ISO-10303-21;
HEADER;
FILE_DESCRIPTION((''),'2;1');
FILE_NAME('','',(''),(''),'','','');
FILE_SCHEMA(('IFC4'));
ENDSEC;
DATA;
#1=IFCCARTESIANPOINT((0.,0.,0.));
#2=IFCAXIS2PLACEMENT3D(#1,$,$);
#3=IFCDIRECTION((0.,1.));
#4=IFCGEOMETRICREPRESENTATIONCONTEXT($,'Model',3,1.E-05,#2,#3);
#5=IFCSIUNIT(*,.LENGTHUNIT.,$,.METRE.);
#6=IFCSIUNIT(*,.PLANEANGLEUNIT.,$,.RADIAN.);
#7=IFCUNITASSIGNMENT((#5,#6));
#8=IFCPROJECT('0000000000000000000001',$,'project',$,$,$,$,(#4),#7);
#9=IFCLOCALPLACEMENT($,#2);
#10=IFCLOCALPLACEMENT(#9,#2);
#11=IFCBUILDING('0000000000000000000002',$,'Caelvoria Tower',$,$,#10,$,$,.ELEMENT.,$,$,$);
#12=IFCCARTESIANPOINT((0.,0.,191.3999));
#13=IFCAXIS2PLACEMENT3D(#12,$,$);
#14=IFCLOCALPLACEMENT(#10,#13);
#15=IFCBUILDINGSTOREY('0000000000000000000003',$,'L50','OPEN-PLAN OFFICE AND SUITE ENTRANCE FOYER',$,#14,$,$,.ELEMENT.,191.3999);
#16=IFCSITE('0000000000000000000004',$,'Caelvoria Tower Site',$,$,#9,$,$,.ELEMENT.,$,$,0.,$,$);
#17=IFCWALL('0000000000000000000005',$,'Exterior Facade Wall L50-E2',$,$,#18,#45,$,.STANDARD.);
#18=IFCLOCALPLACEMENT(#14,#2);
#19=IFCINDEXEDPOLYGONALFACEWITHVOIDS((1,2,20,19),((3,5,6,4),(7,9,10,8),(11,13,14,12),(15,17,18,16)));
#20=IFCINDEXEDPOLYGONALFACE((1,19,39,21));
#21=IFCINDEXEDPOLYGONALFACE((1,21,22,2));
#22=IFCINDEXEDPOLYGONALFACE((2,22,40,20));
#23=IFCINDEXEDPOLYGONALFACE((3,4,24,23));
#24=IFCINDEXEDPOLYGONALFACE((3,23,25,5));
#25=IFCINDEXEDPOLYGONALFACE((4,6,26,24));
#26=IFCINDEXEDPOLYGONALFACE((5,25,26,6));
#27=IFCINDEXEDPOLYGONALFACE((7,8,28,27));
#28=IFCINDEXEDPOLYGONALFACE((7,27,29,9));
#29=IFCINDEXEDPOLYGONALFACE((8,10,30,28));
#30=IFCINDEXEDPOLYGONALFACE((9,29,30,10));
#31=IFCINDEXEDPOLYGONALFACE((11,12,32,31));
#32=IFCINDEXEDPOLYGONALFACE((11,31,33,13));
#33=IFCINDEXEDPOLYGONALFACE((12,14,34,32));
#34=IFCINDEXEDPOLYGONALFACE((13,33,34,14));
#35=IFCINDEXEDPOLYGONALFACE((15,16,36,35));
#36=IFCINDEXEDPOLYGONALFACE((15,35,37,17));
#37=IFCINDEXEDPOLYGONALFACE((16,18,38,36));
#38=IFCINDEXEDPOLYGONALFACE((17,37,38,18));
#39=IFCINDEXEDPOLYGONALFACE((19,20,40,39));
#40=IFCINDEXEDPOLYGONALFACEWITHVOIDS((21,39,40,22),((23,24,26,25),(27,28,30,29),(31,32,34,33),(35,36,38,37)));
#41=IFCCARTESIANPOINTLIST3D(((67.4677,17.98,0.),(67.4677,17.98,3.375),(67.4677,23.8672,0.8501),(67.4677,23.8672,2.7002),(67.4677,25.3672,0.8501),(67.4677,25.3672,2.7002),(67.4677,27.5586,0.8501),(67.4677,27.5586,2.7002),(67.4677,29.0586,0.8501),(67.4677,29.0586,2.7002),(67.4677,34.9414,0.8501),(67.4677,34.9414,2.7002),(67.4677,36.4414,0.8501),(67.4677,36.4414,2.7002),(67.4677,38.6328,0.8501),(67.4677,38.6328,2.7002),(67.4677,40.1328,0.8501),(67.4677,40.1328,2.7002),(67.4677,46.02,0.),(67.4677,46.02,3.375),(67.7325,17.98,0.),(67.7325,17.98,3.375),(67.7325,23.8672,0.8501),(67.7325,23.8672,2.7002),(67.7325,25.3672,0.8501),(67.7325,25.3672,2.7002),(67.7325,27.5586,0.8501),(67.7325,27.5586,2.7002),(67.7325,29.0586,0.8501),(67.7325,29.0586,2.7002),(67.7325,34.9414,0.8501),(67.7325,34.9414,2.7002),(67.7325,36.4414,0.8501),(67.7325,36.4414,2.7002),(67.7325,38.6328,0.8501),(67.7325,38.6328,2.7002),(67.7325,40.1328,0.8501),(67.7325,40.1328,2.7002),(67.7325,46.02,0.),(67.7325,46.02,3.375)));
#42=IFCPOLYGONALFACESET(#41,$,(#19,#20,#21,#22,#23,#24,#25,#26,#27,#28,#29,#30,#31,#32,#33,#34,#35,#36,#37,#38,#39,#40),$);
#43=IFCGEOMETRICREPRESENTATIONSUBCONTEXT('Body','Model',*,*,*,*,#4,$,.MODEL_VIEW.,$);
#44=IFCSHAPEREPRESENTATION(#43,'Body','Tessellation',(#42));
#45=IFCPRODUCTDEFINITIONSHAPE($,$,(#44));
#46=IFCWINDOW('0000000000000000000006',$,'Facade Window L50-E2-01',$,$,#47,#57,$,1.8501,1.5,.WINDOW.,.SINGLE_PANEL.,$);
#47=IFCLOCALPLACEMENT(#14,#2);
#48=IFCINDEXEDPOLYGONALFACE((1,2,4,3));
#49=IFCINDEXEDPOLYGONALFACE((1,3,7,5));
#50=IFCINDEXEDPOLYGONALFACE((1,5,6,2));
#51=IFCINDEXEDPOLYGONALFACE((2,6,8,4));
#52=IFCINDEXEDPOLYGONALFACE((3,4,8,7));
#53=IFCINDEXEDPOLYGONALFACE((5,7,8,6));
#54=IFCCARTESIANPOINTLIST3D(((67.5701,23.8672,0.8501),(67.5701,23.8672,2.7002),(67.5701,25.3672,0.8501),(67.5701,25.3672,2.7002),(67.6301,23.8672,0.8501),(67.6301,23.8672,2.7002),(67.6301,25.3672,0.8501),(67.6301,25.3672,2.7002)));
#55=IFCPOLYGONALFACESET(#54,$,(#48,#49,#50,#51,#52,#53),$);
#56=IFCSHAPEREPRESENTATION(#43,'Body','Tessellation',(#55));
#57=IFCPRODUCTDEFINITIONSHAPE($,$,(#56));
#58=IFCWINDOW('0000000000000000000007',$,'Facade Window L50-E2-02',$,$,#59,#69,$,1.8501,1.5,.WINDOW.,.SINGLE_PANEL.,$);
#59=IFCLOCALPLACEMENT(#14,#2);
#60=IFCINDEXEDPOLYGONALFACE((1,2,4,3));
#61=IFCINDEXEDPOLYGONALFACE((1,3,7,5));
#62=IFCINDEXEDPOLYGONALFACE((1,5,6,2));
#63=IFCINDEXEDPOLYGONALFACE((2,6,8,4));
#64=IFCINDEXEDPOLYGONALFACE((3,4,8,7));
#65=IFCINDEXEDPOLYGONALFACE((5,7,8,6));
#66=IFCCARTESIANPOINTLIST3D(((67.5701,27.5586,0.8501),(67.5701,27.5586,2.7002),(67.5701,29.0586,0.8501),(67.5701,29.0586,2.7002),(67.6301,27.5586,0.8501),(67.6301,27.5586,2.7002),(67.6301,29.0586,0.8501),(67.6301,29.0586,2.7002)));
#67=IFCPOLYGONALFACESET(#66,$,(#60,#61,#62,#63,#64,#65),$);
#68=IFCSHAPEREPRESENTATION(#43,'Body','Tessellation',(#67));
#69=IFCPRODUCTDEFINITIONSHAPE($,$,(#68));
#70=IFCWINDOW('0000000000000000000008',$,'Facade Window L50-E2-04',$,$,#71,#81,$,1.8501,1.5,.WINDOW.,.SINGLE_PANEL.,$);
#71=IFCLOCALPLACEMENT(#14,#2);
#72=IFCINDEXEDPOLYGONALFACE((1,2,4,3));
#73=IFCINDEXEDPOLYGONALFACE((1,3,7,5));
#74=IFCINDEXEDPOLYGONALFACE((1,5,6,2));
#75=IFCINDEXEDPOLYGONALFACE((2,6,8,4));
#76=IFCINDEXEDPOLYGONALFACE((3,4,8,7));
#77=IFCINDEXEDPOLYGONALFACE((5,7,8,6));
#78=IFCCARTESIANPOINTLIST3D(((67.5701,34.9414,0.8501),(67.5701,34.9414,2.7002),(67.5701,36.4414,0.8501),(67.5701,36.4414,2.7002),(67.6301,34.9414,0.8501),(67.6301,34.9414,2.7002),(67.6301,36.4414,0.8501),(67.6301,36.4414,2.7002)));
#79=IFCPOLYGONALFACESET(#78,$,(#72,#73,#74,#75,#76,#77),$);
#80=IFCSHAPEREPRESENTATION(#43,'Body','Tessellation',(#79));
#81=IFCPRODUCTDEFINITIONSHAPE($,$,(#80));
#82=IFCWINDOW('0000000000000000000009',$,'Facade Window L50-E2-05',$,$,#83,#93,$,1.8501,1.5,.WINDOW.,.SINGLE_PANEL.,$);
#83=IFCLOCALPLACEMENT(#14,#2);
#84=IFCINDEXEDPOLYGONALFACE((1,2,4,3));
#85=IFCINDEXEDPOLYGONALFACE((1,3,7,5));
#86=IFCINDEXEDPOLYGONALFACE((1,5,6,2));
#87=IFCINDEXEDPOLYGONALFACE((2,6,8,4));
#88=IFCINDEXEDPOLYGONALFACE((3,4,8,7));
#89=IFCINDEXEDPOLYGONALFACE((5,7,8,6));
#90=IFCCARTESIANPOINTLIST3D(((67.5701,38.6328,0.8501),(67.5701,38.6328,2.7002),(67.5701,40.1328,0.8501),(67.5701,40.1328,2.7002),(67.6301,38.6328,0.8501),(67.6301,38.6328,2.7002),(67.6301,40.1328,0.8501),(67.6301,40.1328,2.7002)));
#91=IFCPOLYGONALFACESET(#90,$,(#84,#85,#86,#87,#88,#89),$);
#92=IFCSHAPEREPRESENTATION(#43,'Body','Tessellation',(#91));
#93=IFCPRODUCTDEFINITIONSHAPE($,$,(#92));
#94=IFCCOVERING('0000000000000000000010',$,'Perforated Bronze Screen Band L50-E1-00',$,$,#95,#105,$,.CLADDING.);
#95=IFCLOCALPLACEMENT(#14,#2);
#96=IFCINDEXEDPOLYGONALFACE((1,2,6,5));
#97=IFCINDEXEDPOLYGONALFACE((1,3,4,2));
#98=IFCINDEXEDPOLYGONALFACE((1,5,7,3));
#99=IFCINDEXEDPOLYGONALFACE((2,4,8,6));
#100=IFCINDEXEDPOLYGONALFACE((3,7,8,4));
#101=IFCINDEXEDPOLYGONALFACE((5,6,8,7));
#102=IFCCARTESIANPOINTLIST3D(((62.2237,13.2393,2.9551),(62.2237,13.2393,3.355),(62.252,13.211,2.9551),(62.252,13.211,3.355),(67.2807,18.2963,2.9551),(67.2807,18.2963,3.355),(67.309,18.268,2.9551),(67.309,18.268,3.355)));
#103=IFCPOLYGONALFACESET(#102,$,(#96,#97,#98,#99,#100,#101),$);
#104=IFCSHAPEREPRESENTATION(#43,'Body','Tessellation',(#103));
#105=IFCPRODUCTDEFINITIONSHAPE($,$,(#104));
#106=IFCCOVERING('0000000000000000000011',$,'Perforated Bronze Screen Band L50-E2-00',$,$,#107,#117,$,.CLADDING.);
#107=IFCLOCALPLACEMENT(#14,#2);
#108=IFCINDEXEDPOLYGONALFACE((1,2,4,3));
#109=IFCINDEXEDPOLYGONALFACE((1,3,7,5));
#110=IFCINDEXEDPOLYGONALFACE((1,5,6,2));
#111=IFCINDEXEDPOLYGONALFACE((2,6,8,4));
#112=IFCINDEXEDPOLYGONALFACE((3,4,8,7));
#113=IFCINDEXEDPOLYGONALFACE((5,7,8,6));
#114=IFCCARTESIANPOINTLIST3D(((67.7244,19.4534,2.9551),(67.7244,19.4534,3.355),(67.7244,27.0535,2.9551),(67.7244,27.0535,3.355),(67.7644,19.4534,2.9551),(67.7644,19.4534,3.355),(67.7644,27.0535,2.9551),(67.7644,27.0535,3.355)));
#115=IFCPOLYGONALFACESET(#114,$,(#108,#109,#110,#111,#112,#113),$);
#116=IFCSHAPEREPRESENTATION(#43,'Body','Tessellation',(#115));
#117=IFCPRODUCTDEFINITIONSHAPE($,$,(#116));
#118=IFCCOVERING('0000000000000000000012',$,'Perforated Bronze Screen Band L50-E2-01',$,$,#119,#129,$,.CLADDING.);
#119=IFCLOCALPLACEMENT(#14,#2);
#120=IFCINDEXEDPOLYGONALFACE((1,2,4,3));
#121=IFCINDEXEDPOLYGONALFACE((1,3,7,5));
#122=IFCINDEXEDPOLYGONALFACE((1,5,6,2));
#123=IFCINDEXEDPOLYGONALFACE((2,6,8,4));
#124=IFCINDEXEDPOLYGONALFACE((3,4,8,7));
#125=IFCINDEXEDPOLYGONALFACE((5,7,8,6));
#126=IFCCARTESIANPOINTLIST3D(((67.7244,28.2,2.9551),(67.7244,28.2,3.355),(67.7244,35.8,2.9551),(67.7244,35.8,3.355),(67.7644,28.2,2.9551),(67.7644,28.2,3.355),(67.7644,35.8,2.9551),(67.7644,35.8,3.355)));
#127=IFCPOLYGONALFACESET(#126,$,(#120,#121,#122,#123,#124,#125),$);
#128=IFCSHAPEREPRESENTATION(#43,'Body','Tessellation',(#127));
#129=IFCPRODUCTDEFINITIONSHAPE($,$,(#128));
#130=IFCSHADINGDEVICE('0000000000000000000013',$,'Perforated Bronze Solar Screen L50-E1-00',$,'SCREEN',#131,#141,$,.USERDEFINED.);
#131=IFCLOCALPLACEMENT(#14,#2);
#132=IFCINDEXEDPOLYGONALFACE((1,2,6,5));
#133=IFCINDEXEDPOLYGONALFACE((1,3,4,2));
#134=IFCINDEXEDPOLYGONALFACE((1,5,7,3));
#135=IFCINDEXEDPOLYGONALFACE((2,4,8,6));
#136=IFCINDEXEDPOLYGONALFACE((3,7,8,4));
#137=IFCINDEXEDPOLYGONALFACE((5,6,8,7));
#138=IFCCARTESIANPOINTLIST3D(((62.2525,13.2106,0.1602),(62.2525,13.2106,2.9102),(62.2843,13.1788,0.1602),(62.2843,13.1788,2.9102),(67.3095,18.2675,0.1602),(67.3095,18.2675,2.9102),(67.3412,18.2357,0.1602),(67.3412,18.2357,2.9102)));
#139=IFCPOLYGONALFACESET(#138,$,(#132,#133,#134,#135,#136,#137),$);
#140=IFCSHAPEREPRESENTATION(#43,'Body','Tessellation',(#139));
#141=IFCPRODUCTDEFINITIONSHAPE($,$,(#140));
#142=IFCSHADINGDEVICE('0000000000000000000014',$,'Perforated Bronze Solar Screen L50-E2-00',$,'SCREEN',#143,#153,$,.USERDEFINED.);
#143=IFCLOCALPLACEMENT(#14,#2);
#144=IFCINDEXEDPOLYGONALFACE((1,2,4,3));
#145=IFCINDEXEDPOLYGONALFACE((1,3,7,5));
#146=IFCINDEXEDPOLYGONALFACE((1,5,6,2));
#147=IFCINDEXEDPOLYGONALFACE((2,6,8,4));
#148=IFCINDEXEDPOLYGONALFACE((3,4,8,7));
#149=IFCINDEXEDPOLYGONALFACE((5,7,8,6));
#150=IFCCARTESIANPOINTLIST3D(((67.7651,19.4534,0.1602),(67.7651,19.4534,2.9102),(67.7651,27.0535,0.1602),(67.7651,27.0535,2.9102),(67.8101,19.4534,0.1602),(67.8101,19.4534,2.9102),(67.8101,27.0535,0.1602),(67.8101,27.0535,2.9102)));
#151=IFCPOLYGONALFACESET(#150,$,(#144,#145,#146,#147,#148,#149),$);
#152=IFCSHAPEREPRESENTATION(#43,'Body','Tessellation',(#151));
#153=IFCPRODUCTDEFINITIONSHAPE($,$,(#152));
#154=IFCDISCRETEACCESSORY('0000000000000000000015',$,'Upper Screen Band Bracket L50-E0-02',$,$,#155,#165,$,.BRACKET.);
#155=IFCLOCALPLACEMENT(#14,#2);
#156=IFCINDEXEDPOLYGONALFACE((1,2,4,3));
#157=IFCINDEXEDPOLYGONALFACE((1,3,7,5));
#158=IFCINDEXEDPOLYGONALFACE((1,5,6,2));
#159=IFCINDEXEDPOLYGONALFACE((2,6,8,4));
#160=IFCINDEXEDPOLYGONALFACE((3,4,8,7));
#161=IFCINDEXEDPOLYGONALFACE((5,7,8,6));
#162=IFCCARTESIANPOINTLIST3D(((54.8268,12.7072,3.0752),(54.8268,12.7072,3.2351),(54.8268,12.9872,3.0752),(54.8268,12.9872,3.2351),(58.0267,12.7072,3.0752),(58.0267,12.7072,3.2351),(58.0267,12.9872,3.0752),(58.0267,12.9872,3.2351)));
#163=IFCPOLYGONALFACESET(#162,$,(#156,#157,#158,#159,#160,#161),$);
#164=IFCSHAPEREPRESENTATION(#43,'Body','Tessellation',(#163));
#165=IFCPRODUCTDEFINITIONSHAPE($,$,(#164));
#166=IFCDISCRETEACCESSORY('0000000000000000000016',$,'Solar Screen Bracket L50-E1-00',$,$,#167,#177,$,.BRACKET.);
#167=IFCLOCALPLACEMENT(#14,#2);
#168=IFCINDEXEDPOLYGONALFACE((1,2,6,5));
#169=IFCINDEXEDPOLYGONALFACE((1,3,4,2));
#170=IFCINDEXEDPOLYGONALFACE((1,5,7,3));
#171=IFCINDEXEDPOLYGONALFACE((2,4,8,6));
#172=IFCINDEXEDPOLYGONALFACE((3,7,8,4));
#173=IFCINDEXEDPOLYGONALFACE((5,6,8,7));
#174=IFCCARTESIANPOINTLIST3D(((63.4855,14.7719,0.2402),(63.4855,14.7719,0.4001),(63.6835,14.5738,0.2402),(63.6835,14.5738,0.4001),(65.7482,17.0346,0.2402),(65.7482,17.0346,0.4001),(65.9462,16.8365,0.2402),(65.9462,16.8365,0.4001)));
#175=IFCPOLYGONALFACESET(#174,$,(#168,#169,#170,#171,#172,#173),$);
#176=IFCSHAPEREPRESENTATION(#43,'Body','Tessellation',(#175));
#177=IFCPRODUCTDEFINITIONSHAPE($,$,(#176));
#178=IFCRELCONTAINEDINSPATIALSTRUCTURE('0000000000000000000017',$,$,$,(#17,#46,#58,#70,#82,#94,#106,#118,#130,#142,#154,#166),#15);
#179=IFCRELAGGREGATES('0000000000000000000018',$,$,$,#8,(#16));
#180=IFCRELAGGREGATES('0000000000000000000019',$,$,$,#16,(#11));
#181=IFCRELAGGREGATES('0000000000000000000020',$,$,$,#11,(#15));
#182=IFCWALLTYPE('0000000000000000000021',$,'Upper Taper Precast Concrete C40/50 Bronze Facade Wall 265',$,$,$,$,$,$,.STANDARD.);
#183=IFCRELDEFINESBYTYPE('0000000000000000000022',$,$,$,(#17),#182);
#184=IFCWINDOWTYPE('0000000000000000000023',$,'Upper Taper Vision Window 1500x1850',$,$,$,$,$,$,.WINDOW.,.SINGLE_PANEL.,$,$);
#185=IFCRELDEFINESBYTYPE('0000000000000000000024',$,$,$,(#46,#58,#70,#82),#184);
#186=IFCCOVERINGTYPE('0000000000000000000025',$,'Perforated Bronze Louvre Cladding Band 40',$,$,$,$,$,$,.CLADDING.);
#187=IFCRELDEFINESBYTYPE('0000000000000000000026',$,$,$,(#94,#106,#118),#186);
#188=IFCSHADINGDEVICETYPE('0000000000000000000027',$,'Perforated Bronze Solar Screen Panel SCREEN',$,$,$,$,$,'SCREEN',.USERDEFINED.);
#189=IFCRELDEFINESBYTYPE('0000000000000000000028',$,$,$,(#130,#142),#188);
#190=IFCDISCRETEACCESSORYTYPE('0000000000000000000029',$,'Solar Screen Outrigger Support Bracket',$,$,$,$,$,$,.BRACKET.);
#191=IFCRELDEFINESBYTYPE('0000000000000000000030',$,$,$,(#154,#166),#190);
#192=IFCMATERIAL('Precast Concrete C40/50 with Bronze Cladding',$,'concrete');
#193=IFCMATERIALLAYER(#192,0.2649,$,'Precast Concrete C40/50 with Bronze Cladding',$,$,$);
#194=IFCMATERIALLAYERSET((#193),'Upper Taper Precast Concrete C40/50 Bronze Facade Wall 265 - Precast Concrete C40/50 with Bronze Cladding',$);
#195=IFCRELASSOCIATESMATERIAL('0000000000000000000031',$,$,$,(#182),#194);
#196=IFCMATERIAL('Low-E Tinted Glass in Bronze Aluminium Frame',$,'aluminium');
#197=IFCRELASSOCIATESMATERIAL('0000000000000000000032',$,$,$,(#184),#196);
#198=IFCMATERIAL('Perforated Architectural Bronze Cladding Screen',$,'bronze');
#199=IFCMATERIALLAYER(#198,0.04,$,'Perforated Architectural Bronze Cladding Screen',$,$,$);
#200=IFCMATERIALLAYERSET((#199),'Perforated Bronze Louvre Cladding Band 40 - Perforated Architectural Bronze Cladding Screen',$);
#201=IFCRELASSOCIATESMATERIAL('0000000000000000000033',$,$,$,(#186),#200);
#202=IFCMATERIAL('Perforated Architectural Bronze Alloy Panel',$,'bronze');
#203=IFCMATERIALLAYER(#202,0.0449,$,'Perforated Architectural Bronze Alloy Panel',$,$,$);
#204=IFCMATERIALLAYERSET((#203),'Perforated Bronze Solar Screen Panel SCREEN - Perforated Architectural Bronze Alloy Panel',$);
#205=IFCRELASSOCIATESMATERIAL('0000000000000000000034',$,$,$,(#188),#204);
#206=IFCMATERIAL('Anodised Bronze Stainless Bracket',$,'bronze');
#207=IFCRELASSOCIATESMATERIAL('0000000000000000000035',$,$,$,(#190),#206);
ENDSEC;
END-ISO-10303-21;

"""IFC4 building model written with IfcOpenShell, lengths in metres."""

from ifc_helpers import new_model, si_unit, direction, frame, frame_2d, origin, origin_2d, place, context, subcontext, project, spatial, rectangle, extrude, material, layer, layer_set, type_object, element, fill, save


model = new_model("IFC4")

# Units and contexts
model_context = context("Model", 3, precision=1e-05, world=origin(), true_north=direction((0.0, 1.0)))
body_context = subcontext(model_context, "Body", "Model", "MODEL_VIEW")
ifc_project = project(units=[si_unit("LENGTHUNIT", "METRE"), si_unit("PLANEANGLEUNIT", "RADIAN")], contexts=[model_context])

# Site, building, storey
site_placement = place(None, origin())
site = spatial("IfcSite", under=ifc_project, at=site_placement, Name="Caelvoria Tower Site", CompositionType="ELEMENT", RefElevation=0.0)
building_placement = place(site_placement, origin())
building = spatial("IfcBuilding", under=site, at=building_placement, Name="Caelvoria Tower", CompositionType="ELEMENT")
storey_placement = place(building_placement, frame((0.0, 0.0, 191.3999)))
storey = spatial("IfcBuildingStorey", under=building, at=storey_placement, Name="L50", Description="OPEN-PLAN OFFICE AND SUITE ENTRANCE FOYER", CompositionType="ELEMENT", Elevation=191.3999)

# Shared definitions
ifc_material_1 = material(Name="Precast Concrete C40/50 with Bronze Cladding", Category="concrete")
ifc_layer_1 = layer(ifc_material_1, 0.2649, Name="Precast Concrete C40/50 with Bronze Cladding")
ifc_layer_set_1 = layer_set([ifc_layer_1], Name="Upper Taper Precast Concrete C40/50 Bronze Facade Wall 265 - Precast Concrete C40/50 with Bronze Cladding")
wall_type_1 = type_object("IfcWallType", Name="Upper Taper Precast Concrete C40/50 Bronze Facade Wall 265", PredefinedType="STANDARD", material=ifc_layer_set_1)

# Wall, openings, windows
wall_1_placement = place(storey_placement, frame((67.6001, 17.98, 0.0), z_axis=(0.0, 0.0, 1.0), x_axis=(0.0, 1.0, 0.0)))
wall_1 = element("IfcWall", 1, at=wall_1_placement, inside=storey, type_object=wall_type_1, Name="Exterior Facade Wall L50-E2", PredefinedType="STANDARD", context=body_context, shape_type="SweptSolid", body=[
    extrude(rectangle(XDim=28.04, YDim=0.2649, at=frame_2d((14.02, 0.0))), origin(), (0.0, 0.0, 1.0), 3.375),
])
opening_1_placement = place(wall_1_placement, frame((5.8872, 0.0, 0.8501)))
opening_1 = element("IfcOpeningElement", 2, at=opening_1_placement, cuts=wall_1, PredefinedType="OPENING", context=body_context, shape_type="SweptSolid", body=[
    extrude(rectangle(XDim=1.5, YDim=1.8501, at=frame_2d((0.75, 0.925))), frame((0.0, 0.1423, 0.0), z_axis=(0.0, -1.0, 0.0), x_axis=(1.0, 0.0, 0.0)), (0.0, 0.0, 1.0), 0.2849),
])
opening_2_placement = place(wall_1_placement, frame((9.5786, 0.0, 0.8501)))
opening_2 = element("IfcOpeningElement", 3, at=opening_2_placement, cuts=wall_1, PredefinedType="OPENING", context=body_context, shape_type="SweptSolid", body=[
    extrude(rectangle(XDim=1.5, YDim=1.8501, at=frame_2d((0.75, 0.925))), frame((0.0, 0.1423, 0.0), z_axis=(0.0, -1.0, 0.0), x_axis=(1.0, 0.0, 0.0)), (0.0, 0.0, 1.0), 0.2849),
])
opening_3_placement = place(wall_1_placement, frame((16.9614, 0.0, 0.8501)))
opening_3 = element("IfcOpeningElement", 4, at=opening_3_placement, cuts=wall_1, PredefinedType="OPENING", context=body_context, shape_type="SweptSolid", body=[
    extrude(rectangle(XDim=1.5, YDim=1.8501, at=frame_2d((0.75, 0.925))), frame((0.0, 0.1423, 0.0), z_axis=(0.0, -1.0, 0.0), x_axis=(1.0, 0.0, 0.0)), (0.0, 0.0, 1.0), 0.2849),
])
opening_4_placement = place(wall_1_placement, frame((20.6528, 0.0, 0.8501)))
opening_4 = element("IfcOpeningElement", 5, at=opening_4_placement, cuts=wall_1, PredefinedType="OPENING", context=body_context, shape_type="SweptSolid", body=[
    extrude(rectangle(XDim=1.5, YDim=1.8501, at=frame_2d((0.75, 0.925))), frame((0.0, 0.1423, 0.0), z_axis=(0.0, -1.0, 0.0), x_axis=(1.0, 0.0, 0.0)), (0.0, 0.0, 1.0), 0.2849),
])
ifc_material_2 = material(Name="Low-E Tinted Glass in Bronze Aluminium Frame", Category="aluminium")
window_type = type_object("IfcWindowType", Name="Upper Taper Vision Window 1500x1850", PartitioningType="SINGLE_PANEL", PredefinedType="WINDOW", material=ifc_material_2)
window_1_placement = place(opening_1_placement, origin())
window_1 = element("IfcWindow", 6, at=window_1_placement, inside=storey, type_object=window_type, Name="Facade Window L50-E2-01", OverallHeight=1.8501, OverallWidth=1.5, PartitioningType="SINGLE_PANEL", PredefinedType="WINDOW", context=body_context, shape_type="SweptSolid", body=[
    extrude(rectangle(XDim=1.5, YDim=1.8501, at=frame_2d((0.75, 0.925))), frame((0.0, 0.03, 0.0), z_axis=(0.0, -1.0, 0.0), x_axis=(1.0, 0.0, 0.0)), (0.0, 0.0, 1.0), 0.0601),
])
fill(opening_1, window_1)
window_2_placement = place(opening_2_placement, origin())
window_2 = element("IfcWindow", 7, at=window_2_placement, inside=storey, type_object=window_type, Name="Facade Window L50-E2-02", OverallHeight=1.8501, OverallWidth=1.5, PartitioningType="SINGLE_PANEL", PredefinedType="WINDOW", context=body_context, shape_type="SweptSolid", body=[
    extrude(rectangle(XDim=1.5, YDim=1.8501, at=frame_2d((0.75, 0.925))), frame((0.0, 0.03, 0.0), z_axis=(0.0, -1.0, 0.0), x_axis=(1.0, 0.0, 0.0)), (0.0, 0.0, 1.0), 0.0601),
])
fill(opening_2, window_2)
window_3_placement = place(opening_3_placement, origin())
window_3 = element("IfcWindow", 8, at=window_3_placement, inside=storey, type_object=window_type, Name="Facade Window L50-E2-04", OverallHeight=1.8501, OverallWidth=1.5, PartitioningType="SINGLE_PANEL", PredefinedType="WINDOW", context=body_context, shape_type="SweptSolid", body=[
    extrude(rectangle(XDim=1.5, YDim=1.8501, at=frame_2d((0.75, 0.925))), frame((0.0, 0.03, 0.0), z_axis=(0.0, -1.0, 0.0), x_axis=(1.0, 0.0, 0.0)), (0.0, 0.0, 1.0), 0.0601),
])
fill(opening_3, window_3)
window_4_placement = place(opening_4_placement, origin())
window_4 = element("IfcWindow", 9, at=window_4_placement, inside=storey, type_object=window_type, Name="Facade Window L50-E2-05", OverallHeight=1.8501, OverallWidth=1.5, PartitioningType="SINGLE_PANEL", PredefinedType="WINDOW", context=body_context, shape_type="SweptSolid", body=[
    extrude(rectangle(XDim=1.5, YDim=1.8501, at=frame_2d((0.75, 0.925))), frame((0.0, 0.03, 0.0), z_axis=(0.0, -1.0, 0.0), x_axis=(1.0, 0.0, 0.0)), (0.0, 0.0, 1.0), 0.0601),
])
fill(opening_4, window_4)

# Coverings
ifc_material_3 = material(Name="Perforated Architectural Bronze Cladding Screen", Category="bronze")
ifc_layer_2 = layer(ifc_material_3, 0.04, Name="Perforated Architectural Bronze Cladding Screen")
ifc_layer_set_2 = layer_set([ifc_layer_2], Name="Perforated Bronze Louvre Cladding Band 40 - Perforated Architectural Bronze Cladding Screen")
covering_type = type_object("IfcCoveringType", Name="Perforated Bronze Louvre Cladding Band 40", PredefinedType="CLADDING", material=ifc_layer_set_2)
covering_placement = place(storey_placement, frame((64.7664, 15.7537, 2.9551), z_axis=(0.0, 0.0, 1.0), x_axis=(0.707107, 0.707107, 0.0)))
element("IfcCovering", 10, at=covering_placement, inside=storey, type_object=covering_type, Name="Perforated Bronze Screen Band L50-E1-00", PredefinedType="CLADDING", context=body_context, shape_type="SweptSolid", body=[
    extrude(rectangle(XDim=7.1516, YDim=0.04, at=origin_2d()), origin(), (0.0, 0.0, 1.0), 0.3999),
])
for number, where, z_axis, x_axis, name in (
    (11, (67.7444, 23.2534, 2.9551), (0.0, 0.0, 1.0), (0.0, 1.0, 0.0), "Perforated Bronze Screen Band L50-E2-00"),
    (12, (67.7444, 32.0, 2.9551), (0.0, 0.0, 1.0), (0.0, 1.0, 0.0), "Perforated Bronze Screen Band L50-E2-01"),
):
    element("IfcCovering", number, at=place(storey_placement, frame(where, z_axis=z_axis, x_axis=x_axis)), inside=storey, type_object=covering_type, Name=name, PredefinedType="CLADDING", context=body_context, shape_type="SweptSolid", body=[
        extrude(rectangle(XDim=7.6001, YDim=0.04, at=origin_2d()), origin(), (0.0, 0.0, 1.0), 0.3999),
    ])

# Shading devices
ifc_material_4 = material(Name="Perforated Architectural Bronze Alloy Panel", Category="bronze")
ifc_layer_3 = layer(ifc_material_4, 0.0449, Name="Perforated Architectural Bronze Alloy Panel")
ifc_layer_set_3 = layer_set([ifc_layer_3], Name="Perforated Bronze Solar Screen Panel SCREEN - Perforated Architectural Bronze Alloy Panel")
shading_device_type = type_object("IfcShadingDeviceType", Name="Perforated Bronze Solar Screen Panel SCREEN", ElementType="SCREEN", PredefinedType="USERDEFINED", material=ifc_layer_set_3)
shading_device_1_placement = place(storey_placement, frame((64.7969, 15.7231, 0.1602), z_axis=(0.0, 0.0, 1.0), x_axis=(0.707107, 0.707107, 0.0)))
element("IfcShadingDevice", 13, at=shading_device_1_placement, inside=storey, type_object=shading_device_type, Name="Perforated Bronze Solar Screen L50-E1-00", ObjectType="SCREEN", PredefinedType="USERDEFINED", context=body_context, shape_type="SweptSolid", body=[
    extrude(rectangle(XDim=7.1516, YDim=0.0449, at=origin_2d()), origin(), (0.0, 0.0, 1.0), 2.75),
])
shading_device_2_placement = place(storey_placement, frame((67.7876, 23.2534, 0.1602), z_axis=(0.0, 0.0, 1.0), x_axis=(0.0, 1.0, 0.0)))
element("IfcShadingDevice", 14, at=shading_device_2_placement, inside=storey, type_object=shading_device_type, Name="Perforated Bronze Solar Screen L50-E2-00", ObjectType="SCREEN", PredefinedType="USERDEFINED", context=body_context, shape_type="SweptSolid", body=[
    extrude(rectangle(XDim=7.6001, YDim=0.0449, at=origin_2d()), origin(), (0.0, 0.0, 1.0), 2.75),
])

# Discrete accessories
ifc_material_5 = material(Name="Anodised Bronze Stainless Bracket", Category="bronze")
discrete_accessory_type = type_object("IfcDiscreteAccessoryType", Name="Solar Screen Outrigger Support Bracket", PredefinedType="BRACKET", material=ifc_material_5)
for number, where, z_axis, x_axis, name in (
    (15, (56.4268, 12.8472, 3.0752), (0.0, 0.0, 1.0), (1.0, 0.0, 0.0), "Upper Screen Band Bracket L50-E0-02"),
    (16, (64.7158, 15.8042, 0.2402), (0.0, 0.0, 1.0), (0.707107, 0.707107, 0.0), "Solar Screen Bracket L50-E1-00"),
):
    element("IfcDiscreteAccessory", number, at=place(storey_placement, frame(where, z_axis=z_axis, x_axis=x_axis)), inside=storey, type_object=discrete_accessory_type, Name=name, PredefinedType="BRACKET", context=body_context, shape_type="SweptSolid", body=[
        extrude(rectangle(XDim=3.2, YDim=0.28, at=origin_2d()), origin(), (0.0, 0.0, 1.0), 0.1599),
    ])

save(model, "model.ifc")
